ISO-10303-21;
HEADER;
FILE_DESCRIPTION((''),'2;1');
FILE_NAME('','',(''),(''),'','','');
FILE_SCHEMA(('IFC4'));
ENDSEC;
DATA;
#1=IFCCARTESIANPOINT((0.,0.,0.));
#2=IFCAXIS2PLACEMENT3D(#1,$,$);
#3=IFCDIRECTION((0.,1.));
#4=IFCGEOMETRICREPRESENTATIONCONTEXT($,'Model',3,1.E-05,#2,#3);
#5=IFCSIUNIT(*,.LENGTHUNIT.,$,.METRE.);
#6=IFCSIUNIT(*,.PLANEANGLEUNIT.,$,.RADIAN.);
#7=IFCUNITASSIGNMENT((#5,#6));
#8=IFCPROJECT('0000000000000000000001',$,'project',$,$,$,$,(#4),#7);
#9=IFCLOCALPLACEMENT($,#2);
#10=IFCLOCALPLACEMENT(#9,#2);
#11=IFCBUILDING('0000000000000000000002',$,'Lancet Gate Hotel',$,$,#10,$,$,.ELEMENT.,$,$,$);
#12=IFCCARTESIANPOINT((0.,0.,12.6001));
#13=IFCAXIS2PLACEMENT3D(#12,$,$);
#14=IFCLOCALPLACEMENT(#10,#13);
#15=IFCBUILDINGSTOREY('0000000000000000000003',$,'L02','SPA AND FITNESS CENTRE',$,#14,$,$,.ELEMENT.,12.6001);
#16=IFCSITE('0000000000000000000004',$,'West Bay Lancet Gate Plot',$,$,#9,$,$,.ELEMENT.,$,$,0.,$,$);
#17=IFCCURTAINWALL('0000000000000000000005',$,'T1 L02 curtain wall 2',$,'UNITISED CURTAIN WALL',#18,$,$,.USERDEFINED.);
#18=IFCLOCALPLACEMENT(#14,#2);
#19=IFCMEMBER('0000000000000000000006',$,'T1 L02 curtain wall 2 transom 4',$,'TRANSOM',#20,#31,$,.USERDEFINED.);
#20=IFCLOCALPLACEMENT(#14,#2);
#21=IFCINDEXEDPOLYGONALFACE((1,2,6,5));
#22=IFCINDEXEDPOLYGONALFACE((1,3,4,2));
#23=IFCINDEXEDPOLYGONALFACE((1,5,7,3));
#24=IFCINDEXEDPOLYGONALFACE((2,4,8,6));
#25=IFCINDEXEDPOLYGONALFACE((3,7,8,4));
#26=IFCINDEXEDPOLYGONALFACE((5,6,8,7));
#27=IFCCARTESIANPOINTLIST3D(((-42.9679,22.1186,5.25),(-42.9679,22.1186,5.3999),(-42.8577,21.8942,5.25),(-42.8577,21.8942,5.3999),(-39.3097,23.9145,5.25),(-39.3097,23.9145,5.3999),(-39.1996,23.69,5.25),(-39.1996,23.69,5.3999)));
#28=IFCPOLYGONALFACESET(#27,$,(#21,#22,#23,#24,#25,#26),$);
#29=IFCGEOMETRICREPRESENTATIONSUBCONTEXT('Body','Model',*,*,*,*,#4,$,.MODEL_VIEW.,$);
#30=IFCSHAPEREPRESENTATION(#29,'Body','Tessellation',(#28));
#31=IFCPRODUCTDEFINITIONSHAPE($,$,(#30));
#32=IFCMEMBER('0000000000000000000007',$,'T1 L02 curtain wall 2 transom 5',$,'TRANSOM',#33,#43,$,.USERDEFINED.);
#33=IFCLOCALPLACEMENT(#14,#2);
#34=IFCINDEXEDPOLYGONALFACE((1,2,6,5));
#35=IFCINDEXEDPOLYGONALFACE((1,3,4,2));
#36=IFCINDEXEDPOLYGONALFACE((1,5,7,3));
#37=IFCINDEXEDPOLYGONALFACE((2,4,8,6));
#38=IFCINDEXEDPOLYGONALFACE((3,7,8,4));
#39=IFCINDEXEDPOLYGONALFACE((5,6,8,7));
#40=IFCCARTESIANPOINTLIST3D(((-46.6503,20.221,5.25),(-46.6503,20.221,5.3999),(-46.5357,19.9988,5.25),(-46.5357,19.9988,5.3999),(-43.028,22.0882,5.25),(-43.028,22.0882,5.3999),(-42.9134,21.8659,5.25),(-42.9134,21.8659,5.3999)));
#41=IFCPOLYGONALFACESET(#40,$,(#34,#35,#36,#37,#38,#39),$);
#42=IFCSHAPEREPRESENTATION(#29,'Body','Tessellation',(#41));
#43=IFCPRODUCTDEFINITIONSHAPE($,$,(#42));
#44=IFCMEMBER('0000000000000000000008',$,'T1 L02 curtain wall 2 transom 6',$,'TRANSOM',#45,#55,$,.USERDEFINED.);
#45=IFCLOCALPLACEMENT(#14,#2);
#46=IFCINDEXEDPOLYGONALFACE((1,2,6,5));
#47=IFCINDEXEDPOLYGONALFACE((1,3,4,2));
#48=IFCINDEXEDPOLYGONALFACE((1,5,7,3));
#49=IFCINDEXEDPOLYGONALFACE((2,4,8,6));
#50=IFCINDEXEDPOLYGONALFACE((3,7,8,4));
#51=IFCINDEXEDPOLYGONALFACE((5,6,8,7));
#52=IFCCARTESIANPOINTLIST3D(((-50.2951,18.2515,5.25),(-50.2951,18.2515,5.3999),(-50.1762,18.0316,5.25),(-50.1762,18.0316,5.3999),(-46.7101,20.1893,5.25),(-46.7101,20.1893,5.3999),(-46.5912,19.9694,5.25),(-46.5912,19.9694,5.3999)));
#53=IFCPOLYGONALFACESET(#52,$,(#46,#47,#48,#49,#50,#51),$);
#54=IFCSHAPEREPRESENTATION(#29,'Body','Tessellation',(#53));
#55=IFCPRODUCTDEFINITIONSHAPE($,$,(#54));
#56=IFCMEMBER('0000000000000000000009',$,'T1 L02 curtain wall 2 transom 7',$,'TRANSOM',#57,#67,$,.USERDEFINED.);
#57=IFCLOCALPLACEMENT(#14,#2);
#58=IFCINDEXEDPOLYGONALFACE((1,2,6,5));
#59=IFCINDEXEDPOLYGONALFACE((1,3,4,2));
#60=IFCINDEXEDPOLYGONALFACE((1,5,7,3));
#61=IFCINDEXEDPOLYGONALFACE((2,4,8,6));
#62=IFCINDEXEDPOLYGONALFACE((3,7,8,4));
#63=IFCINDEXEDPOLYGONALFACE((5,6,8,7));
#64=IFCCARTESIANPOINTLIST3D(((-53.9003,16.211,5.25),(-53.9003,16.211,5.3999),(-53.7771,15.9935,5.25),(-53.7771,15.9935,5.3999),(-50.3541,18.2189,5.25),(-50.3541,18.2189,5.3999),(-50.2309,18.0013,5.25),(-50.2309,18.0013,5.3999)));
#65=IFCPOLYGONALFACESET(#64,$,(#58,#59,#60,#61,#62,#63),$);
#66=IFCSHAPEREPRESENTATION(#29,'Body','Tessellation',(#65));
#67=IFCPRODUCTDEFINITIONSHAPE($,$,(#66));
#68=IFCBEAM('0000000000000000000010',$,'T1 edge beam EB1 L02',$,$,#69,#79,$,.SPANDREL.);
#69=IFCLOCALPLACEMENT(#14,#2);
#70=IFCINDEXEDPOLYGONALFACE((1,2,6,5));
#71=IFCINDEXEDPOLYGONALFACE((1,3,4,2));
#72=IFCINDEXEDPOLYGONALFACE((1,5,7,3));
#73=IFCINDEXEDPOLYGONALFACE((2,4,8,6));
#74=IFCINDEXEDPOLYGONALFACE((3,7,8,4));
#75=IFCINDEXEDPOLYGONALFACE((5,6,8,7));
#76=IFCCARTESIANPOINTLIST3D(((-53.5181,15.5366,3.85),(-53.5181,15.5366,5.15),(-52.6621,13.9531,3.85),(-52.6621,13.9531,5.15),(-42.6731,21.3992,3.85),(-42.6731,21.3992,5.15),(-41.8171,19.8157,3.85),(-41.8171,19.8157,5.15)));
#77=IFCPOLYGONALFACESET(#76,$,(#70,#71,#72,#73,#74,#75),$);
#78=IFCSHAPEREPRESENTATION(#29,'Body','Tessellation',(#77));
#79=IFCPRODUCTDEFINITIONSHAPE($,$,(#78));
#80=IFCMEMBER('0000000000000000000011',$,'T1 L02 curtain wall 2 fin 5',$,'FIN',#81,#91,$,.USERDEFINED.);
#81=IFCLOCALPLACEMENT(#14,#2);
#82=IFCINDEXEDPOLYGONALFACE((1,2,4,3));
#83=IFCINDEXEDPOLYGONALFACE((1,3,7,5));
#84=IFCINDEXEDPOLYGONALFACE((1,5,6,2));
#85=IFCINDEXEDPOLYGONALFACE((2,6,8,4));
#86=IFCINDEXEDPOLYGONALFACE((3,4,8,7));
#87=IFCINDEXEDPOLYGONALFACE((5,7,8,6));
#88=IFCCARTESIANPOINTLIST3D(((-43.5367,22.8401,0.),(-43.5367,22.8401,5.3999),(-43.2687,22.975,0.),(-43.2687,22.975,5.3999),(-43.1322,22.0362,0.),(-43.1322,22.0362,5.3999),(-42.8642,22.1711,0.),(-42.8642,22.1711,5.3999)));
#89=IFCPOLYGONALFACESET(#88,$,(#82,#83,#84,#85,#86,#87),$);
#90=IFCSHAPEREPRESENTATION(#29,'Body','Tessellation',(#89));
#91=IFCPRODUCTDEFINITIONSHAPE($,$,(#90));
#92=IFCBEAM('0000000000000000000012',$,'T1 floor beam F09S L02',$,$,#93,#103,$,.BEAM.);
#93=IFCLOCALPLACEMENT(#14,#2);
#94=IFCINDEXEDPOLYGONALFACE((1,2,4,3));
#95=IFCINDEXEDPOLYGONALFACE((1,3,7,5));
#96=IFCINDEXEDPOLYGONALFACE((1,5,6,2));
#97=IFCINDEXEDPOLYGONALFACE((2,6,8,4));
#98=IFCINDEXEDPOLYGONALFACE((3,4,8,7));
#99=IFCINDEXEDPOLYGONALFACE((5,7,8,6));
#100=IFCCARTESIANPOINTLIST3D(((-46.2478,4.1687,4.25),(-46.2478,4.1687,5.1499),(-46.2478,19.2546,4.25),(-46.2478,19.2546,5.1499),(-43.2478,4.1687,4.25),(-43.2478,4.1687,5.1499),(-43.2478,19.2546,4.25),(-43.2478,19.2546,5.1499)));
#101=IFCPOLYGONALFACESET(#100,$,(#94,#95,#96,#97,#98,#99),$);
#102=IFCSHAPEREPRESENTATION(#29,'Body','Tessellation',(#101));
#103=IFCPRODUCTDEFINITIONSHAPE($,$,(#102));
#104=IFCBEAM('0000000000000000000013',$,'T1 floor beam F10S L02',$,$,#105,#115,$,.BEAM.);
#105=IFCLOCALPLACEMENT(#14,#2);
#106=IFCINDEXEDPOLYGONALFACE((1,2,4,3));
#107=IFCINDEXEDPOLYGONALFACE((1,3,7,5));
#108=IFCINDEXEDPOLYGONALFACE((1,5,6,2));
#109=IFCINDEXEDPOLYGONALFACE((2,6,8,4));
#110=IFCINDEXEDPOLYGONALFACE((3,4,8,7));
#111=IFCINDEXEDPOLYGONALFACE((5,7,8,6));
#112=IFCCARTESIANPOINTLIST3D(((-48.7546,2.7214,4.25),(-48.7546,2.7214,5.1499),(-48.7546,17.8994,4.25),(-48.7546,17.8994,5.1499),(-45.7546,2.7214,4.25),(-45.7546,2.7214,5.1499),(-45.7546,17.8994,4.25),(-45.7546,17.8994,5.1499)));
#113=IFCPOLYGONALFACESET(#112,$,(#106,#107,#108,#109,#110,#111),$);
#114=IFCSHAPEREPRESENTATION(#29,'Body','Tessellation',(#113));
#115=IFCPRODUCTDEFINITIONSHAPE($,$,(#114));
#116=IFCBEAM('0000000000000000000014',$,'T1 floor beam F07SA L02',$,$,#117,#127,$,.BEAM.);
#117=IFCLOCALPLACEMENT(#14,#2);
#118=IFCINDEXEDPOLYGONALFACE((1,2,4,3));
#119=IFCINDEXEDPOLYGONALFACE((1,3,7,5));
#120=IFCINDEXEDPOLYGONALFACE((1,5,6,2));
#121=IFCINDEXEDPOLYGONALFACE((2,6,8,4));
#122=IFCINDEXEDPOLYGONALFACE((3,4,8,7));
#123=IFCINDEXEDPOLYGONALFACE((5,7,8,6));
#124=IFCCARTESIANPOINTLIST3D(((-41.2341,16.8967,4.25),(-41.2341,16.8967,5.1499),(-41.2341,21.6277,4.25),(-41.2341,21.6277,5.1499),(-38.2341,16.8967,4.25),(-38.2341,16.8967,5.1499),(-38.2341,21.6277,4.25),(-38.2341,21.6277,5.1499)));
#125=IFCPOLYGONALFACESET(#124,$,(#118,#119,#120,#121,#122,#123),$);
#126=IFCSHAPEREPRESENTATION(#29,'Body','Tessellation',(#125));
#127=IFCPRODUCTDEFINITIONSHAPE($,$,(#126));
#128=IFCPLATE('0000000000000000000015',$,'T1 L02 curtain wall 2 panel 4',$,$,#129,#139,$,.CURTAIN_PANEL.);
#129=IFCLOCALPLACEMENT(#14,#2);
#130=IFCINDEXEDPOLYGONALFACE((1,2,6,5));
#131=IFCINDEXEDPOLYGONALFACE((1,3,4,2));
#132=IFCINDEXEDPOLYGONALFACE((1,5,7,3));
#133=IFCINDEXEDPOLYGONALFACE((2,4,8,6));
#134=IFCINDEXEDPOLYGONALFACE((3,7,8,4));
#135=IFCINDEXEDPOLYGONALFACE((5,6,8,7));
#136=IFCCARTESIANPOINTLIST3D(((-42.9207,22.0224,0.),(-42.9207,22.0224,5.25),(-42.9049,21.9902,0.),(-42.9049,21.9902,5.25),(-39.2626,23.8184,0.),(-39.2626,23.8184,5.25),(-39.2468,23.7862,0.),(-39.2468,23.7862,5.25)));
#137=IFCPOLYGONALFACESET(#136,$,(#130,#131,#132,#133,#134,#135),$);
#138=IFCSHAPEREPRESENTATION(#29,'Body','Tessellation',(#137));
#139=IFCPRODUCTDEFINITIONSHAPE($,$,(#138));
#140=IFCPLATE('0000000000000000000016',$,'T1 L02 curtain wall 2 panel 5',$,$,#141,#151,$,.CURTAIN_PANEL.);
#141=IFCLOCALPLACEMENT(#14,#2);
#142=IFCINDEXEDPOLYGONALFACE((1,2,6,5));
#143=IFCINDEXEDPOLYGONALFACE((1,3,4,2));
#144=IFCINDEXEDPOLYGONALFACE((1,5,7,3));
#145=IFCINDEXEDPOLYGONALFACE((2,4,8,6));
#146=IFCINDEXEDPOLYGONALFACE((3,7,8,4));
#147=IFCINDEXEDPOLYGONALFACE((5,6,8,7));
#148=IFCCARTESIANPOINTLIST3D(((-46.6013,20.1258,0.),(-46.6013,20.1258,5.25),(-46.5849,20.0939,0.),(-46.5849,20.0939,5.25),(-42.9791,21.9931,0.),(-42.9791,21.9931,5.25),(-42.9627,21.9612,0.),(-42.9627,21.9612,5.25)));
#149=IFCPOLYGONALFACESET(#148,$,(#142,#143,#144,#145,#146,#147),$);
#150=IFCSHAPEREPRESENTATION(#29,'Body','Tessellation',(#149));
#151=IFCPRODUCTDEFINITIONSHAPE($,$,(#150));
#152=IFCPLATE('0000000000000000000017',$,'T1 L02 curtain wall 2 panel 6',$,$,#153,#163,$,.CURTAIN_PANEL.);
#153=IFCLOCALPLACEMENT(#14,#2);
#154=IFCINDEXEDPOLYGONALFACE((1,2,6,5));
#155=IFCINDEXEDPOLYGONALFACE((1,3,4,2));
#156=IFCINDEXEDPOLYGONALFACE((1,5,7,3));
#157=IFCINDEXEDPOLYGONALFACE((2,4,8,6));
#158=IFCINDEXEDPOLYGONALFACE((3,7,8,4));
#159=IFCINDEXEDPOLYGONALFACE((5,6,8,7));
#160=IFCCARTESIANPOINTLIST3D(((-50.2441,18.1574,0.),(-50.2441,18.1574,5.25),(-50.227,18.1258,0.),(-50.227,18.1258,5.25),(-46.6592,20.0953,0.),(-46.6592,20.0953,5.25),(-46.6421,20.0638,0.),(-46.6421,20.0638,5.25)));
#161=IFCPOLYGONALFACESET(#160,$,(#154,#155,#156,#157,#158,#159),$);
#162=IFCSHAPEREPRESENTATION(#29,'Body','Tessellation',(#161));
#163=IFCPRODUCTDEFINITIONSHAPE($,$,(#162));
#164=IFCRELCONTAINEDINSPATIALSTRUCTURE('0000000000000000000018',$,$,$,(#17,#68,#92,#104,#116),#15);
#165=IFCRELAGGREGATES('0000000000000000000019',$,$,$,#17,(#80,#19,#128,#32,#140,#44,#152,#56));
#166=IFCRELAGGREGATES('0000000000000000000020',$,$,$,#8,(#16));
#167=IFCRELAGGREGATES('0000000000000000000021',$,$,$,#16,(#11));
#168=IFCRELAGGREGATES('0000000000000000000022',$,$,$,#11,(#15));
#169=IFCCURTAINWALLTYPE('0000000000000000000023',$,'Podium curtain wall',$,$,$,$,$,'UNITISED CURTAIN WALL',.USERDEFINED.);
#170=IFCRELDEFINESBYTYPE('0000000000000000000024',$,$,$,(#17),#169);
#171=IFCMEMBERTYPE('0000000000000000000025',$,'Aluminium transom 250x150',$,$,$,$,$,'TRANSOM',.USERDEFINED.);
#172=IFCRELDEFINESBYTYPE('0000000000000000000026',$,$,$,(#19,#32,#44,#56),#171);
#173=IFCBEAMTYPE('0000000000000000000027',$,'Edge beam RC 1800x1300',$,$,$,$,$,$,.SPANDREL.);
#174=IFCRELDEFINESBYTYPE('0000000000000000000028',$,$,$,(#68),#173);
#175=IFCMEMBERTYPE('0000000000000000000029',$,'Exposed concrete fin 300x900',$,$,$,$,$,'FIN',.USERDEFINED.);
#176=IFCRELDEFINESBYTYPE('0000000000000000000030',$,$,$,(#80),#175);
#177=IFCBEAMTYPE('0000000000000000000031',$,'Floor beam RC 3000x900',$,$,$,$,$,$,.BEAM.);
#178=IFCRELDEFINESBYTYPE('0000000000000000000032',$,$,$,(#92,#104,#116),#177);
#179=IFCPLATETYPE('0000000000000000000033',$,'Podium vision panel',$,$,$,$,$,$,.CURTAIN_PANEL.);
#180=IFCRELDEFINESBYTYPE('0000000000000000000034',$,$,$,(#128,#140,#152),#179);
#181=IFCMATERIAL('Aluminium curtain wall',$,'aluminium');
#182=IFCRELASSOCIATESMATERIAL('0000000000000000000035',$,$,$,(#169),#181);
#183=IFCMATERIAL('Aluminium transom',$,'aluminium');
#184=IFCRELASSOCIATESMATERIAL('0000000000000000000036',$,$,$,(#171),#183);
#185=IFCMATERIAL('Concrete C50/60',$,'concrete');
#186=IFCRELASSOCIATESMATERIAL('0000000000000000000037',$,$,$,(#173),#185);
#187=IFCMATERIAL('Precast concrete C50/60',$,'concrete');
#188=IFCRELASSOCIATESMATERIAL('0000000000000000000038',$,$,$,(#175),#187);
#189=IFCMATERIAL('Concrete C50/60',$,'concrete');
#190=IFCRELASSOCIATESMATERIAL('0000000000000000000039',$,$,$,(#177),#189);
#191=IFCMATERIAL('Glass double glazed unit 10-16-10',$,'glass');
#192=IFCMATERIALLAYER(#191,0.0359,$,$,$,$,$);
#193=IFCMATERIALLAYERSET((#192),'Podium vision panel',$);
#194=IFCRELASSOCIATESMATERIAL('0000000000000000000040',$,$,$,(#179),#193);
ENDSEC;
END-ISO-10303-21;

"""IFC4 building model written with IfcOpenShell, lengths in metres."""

from ifc_helpers import new_model, si_unit, direction, frame, origin, origin_2d, place, context, subcontext, project, spatial, rectangle, extrude, material, layer, layer_set, material_profile, profile_set, type_object, element, aggregate, save


model = new_model("IFC4")

# Units and contexts
model_context = context("Model", 3, precision=1e-05, world=origin(), true_north=direction((0.0, 1.0)))
body_context = subcontext(model_context, "Body", "Model", "MODEL_VIEW")
ifc_project = project(units=[si_unit("LENGTHUNIT", "METRE"), si_unit("PLANEANGLEUNIT", "RADIAN")], contexts=[model_context])

# Site, building, storey
site_placement = place(None, origin())
site = spatial("IfcSite", under=ifc_project, at=site_placement, Name="West Bay Lancet Gate Plot", CompositionType="ELEMENT", RefElevation=0.0)
building_placement = place(site_placement, origin())
building = spatial("IfcBuilding", under=site, at=building_placement, Name="Lancet Gate Hotel", CompositionType="ELEMENT")
storey_placement = place(building_placement, frame((0.0, 0.0, 12.6001)))
storey = spatial("IfcBuildingStorey", under=building, at=storey_placement, Name="L02", Description="SPA AND FITNESS CENTRE", CompositionType="ELEMENT", Elevation=12.6001)

# Curtain wall, members
ifc_material_1 = material(Name="Aluminium curtain wall", Category="aluminium")
curtain_wall_type = type_object("IfcCurtainWallType", Name="Podium curtain wall", ElementType="UNITISED CURTAIN WALL", PredefinedType="USERDEFINED", material=ifc_material_1)
curtain_wall_placement = place(storey_placement, origin())
curtain_wall = element("IfcCurtainWall", 1, at=curtain_wall_placement, inside=storey, type_object=curtain_wall_type, Name="T1 L02 curtain wall 2", ObjectType="UNITISED CURTAIN WALL", PredefinedType="USERDEFINED")
ifc_material_2 = material(Name="Aluminium transom", Category="aluminium")
ifc_material_profile_1 = material_profile(ifc_material_2, rectangle(XDim=0.25, YDim=0.1499, at=origin_2d()), Name="TRANSOM 250x150")
ifc_profile_set_1 = profile_set([ifc_material_profile_1], Name="Aluminium transom")
member_type_1 = type_object("IfcMemberType", Name="Aluminium transom 250x150", ElementType="TRANSOM", PredefinedType="USERDEFINED", material=ifc_profile_set_1)
member_1_placement = place(storey_placement, frame((-39.2546, 23.8022, 5.325), z_axis=(-0.897662, -0.440684, 0.0), x_axis=(0.440684, -0.897662, 0.0)))
member_1 = element("IfcMember", 2, at=member_1_placement, type_object=member_type_1, Name="T1 L02 curtain wall 2 transom 4", ObjectType="TRANSOM", PredefinedType="USERDEFINED", context=body_context, shape_type="SweptSolid", body=[
    extrude(rectangle(XDim=0.25, YDim=0.1499, at=origin_2d()), origin(), (0.0, 0.0, 1.0), 4.0752),
])
member_2_placement = place(storey_placement, frame((-42.9707, 21.9771, 5.325), z_axis=(-0.88886, -0.458179, 0.0), x_axis=(0.458179, -0.88886, 0.0)))
member_2 = element("IfcMember", 3, at=member_2_placement, type_object=member_type_1, Name="T1 L02 curtain wall 2 transom 5", ObjectType="TRANSOM", PredefinedType="USERDEFINED", context=body_context, shape_type="SweptSolid", body=[
    extrude(rectangle(XDim=0.25, YDim=0.1499, at=origin_2d()), origin(), (0.0, 0.0, 1.0), 4.0752),
])
member_3_placement = place(storey_placement, frame((-46.6506, 20.0793, 5.325), z_axis=(-0.879714, -0.475503, 0.0), x_axis=(0.475503, -0.879714, 0.0)))
member_3 = element("IfcMember", 4, at=member_3_placement, type_object=member_type_1, Name="T1 L02 curtain wall 2 transom 6", ObjectType="TRANSOM", PredefinedType="USERDEFINED", context=body_context, shape_type="SweptSolid", body=[
    extrude(rectangle(XDim=0.25, YDim=0.1499, at=origin_2d()), origin(), (0.0, 0.0, 1.0), 4.0752),
])
member_4_placement = place(storey_placement, frame((-50.2925, 18.1101, 5.325), z_axis=(-0.870198, -0.492703, 0.0), x_axis=(0.492703, -0.870198, 0.0)))
member_4 = element("IfcMember", 5, at=member_4_placement, type_object=member_type_1, Name="T1 L02 curtain wall 2 transom 7", ObjectType="TRANSOM", PredefinedType="USERDEFINED", context=body_context, shape_type="SweptSolid", body=[
    extrude(rectangle(XDim=0.25, YDim=0.1499, at=origin_2d()), origin(), (0.0, 0.0, 1.0), 4.0752),
])

# Beam
ifc_material_3 = material(Name="Concrete C50/60", Category="concrete")
ifc_material_profile_2 = material_profile(ifc_material_3, rectangle(XDim=1.8, YDim=1.3, at=origin_2d()), Name="RC 1800x1300")
ifc_profile_set_2 = profile_set([ifc_material_profile_2], Name="Concrete C50/60")
beam_type_1 = type_object("IfcBeamType", Name="Edge beam RC 1800x1300", PredefinedType="SPANDREL", material=ifc_profile_set_2)
beam_1_placement = place(storey_placement, frame((-42.2451, 20.6074, 4.5), z_axis=(-0.879693, -0.475542, 0.0), x_axis=(0.475542, -0.879693, 0.0)))
element("IfcBeam", 6, at=beam_1_placement, inside=storey, type_object=beam_type_1, Name="T1 edge beam EB1 L02", PredefinedType="SPANDREL", context=body_context, shape_type="SweptSolid", body=[
    extrude(rectangle(XDim=1.8, YDim=1.3, at=origin_2d()), origin(), (0.0, 0.0, 1.0), 12.3281),
])

# Member
ifc_material_4 = material(Name="Precast concrete C50/60", Category="concrete")
ifc_material_profile_3 = material_profile(ifc_material_4, rectangle(XDim=0.3, YDim=0.8999, at=origin_2d()), Name="FIN 300x900")
ifc_profile_set_3 = profile_set([ifc_material_profile_3], Name="Precast concrete C50/60")
member_type_2 = type_object("IfcMemberType", Name="Exposed concrete fin 300x900", ElementType="FIN", PredefinedType="USERDEFINED", material=ifc_profile_set_3)
member_5_placement = place(storey_placement, frame((-43.2004, 22.5056, 0.0), z_axis=(0.0, 0.0, 1.0), x_axis=(-0.893292, -0.449478, 0.0)))
member_5 = element("IfcMember", 7, at=member_5_placement, type_object=member_type_2, Name="T1 L02 curtain wall 2 fin 5", ObjectType="FIN", PredefinedType="USERDEFINED", context=body_context, shape_type="SweptSolid", body=[
    extrude(rectangle(XDim=0.3, YDim=0.8999, at=origin_2d()), origin(), (0.0, 0.0, 1.0), 5.3999),
])

# Beams
ifc_material_5 = material(Name="Concrete C50/60", Category="concrete")
ifc_material_profile_4 = material_profile(ifc_material_5, rectangle(XDim=3.0, YDim=0.8999, at=origin_2d()), Name="RC 3000x900")
ifc_profile_set_4 = profile_set([ifc_material_profile_4], Name="Concrete C50/60")
beam_type_2 = type_object("IfcBeamType", Name="Floor beam RC 3000x900", PredefinedType="BEAM", material=ifc_profile_set_4)
beam_2_placement = place(storey_placement, frame((-44.7478, 19.2546, 4.7), z_axis=(0.0, -1.0, 0.0), x_axis=(1.0, 0.0, 0.0)))
element("IfcBeam", 8, at=beam_2_placement, inside=storey, type_object=beam_type_2, Name="T1 floor beam F09S L02", PredefinedType="BEAM", context=body_context, shape_type="SweptSolid", body=[
    extrude(rectangle(XDim=3.0, YDim=0.8999, at=origin_2d()), origin(), (0.0, 0.0, 1.0), 15.0859),
])
beam_3_placement = place(storey_placement, frame((-47.2546, 17.8994, 4.7), z_axis=(0.0, -1.0, 0.0), x_axis=(1.0, 0.0, 0.0)))
element("IfcBeam", 9, at=beam_3_placement, inside=storey, type_object=beam_type_2, Name="T1 floor beam F10S L02", PredefinedType="BEAM", context=body_context, shape_type="SweptSolid", body=[
    extrude(rectangle(XDim=3.0, YDim=0.8999, at=origin_2d()), origin(), (0.0, 0.0, 1.0), 15.178),
])
beam_4_placement = place(storey_placement, frame((-39.7341, 21.6277, 4.7), z_axis=(0.0, -1.0, 0.0), x_axis=(1.0, 0.0, 0.0)))
element("IfcBeam", 10, at=beam_4_placement, inside=storey, type_object=beam_type_2, Name="T1 floor beam F07SA L02", PredefinedType="BEAM", context=body_context, shape_type="SweptSolid", body=[
    extrude(rectangle(XDim=3.0, YDim=0.8999, at=origin_2d()), origin(), (0.0, 0.0, 1.0), 4.731),
])

# Plates
ifc_material_6 = material(Name="Glass double glazed unit 10-16-10", Category="glass")
ifc_layer = layer(ifc_material_6, 0.0359)
ifc_layer_set = layer_set([ifc_layer], Name="Podium vision panel")
plate_type = type_object("IfcPlateType", Name="Podium vision panel", PredefinedType="CURTAIN_PANEL", material=ifc_layer_set)
plate_1_placement = place(storey_placement, frame((-41.0837, 22.9043, 0.0), z_axis=(0.0, 0.0, 1.0), x_axis=(-0.897653, -0.440702, 0.0)))
plate_1 = element("IfcPlate", 11, at=plate_1_placement, type_object=plate_type, Name="T1 L02 curtain wall 2 panel 4", PredefinedType="CURTAIN_PANEL", context=body_context, shape_type="SweptSolid", body=[
    extrude(rectangle(XDim=4.0752, YDim=0.0359, at=origin_2d()), origin(), (0.0, 0.0, 1.0), 5.25),
])
plate_2_placement = place(storey_placement, frame((-44.782, 21.0435, 0.0), z_axis=(0.0, 0.0, 1.0), x_axis=(-0.888844, -0.45821, 0.0)))
plate_2 = element("IfcPlate", 12, at=plate_2_placement, type_object=plate_type, Name="T1 L02 curtain wall 2 panel 5", PredefinedType="CURTAIN_PANEL", context=body_context, shape_type="SweptSolid", body=[
    extrude(rectangle(XDim=4.0752, YDim=0.0359, at=origin_2d()), origin(), (0.0, 0.0, 1.0), 5.25),
])
plate_3_placement = place(storey_placement, frame((-48.4431, 19.1106, 0.0), z_axis=(0.0, 0.0, 1.0), x_axis=(-0.879693, -0.475541, 0.0)))
plate_3 = element("IfcPlate", 13, at=plate_3_placement, type_object=plate_type, Name="T1 L02 curtain wall 2 panel 6", PredefinedType="CURTAIN_PANEL", context=body_context, shape_type="SweptSolid", body=[
    extrude(rectangle(XDim=4.0752, YDim=0.0359, at=origin_2d()), origin(), (0.0, 0.0, 1.0), 5.25),
])
aggregate(curtain_wall, [member_5, member_1, plate_1, member_2, plate_2, member_3, plate_3, member_4])

save(model, "model.ifc")
